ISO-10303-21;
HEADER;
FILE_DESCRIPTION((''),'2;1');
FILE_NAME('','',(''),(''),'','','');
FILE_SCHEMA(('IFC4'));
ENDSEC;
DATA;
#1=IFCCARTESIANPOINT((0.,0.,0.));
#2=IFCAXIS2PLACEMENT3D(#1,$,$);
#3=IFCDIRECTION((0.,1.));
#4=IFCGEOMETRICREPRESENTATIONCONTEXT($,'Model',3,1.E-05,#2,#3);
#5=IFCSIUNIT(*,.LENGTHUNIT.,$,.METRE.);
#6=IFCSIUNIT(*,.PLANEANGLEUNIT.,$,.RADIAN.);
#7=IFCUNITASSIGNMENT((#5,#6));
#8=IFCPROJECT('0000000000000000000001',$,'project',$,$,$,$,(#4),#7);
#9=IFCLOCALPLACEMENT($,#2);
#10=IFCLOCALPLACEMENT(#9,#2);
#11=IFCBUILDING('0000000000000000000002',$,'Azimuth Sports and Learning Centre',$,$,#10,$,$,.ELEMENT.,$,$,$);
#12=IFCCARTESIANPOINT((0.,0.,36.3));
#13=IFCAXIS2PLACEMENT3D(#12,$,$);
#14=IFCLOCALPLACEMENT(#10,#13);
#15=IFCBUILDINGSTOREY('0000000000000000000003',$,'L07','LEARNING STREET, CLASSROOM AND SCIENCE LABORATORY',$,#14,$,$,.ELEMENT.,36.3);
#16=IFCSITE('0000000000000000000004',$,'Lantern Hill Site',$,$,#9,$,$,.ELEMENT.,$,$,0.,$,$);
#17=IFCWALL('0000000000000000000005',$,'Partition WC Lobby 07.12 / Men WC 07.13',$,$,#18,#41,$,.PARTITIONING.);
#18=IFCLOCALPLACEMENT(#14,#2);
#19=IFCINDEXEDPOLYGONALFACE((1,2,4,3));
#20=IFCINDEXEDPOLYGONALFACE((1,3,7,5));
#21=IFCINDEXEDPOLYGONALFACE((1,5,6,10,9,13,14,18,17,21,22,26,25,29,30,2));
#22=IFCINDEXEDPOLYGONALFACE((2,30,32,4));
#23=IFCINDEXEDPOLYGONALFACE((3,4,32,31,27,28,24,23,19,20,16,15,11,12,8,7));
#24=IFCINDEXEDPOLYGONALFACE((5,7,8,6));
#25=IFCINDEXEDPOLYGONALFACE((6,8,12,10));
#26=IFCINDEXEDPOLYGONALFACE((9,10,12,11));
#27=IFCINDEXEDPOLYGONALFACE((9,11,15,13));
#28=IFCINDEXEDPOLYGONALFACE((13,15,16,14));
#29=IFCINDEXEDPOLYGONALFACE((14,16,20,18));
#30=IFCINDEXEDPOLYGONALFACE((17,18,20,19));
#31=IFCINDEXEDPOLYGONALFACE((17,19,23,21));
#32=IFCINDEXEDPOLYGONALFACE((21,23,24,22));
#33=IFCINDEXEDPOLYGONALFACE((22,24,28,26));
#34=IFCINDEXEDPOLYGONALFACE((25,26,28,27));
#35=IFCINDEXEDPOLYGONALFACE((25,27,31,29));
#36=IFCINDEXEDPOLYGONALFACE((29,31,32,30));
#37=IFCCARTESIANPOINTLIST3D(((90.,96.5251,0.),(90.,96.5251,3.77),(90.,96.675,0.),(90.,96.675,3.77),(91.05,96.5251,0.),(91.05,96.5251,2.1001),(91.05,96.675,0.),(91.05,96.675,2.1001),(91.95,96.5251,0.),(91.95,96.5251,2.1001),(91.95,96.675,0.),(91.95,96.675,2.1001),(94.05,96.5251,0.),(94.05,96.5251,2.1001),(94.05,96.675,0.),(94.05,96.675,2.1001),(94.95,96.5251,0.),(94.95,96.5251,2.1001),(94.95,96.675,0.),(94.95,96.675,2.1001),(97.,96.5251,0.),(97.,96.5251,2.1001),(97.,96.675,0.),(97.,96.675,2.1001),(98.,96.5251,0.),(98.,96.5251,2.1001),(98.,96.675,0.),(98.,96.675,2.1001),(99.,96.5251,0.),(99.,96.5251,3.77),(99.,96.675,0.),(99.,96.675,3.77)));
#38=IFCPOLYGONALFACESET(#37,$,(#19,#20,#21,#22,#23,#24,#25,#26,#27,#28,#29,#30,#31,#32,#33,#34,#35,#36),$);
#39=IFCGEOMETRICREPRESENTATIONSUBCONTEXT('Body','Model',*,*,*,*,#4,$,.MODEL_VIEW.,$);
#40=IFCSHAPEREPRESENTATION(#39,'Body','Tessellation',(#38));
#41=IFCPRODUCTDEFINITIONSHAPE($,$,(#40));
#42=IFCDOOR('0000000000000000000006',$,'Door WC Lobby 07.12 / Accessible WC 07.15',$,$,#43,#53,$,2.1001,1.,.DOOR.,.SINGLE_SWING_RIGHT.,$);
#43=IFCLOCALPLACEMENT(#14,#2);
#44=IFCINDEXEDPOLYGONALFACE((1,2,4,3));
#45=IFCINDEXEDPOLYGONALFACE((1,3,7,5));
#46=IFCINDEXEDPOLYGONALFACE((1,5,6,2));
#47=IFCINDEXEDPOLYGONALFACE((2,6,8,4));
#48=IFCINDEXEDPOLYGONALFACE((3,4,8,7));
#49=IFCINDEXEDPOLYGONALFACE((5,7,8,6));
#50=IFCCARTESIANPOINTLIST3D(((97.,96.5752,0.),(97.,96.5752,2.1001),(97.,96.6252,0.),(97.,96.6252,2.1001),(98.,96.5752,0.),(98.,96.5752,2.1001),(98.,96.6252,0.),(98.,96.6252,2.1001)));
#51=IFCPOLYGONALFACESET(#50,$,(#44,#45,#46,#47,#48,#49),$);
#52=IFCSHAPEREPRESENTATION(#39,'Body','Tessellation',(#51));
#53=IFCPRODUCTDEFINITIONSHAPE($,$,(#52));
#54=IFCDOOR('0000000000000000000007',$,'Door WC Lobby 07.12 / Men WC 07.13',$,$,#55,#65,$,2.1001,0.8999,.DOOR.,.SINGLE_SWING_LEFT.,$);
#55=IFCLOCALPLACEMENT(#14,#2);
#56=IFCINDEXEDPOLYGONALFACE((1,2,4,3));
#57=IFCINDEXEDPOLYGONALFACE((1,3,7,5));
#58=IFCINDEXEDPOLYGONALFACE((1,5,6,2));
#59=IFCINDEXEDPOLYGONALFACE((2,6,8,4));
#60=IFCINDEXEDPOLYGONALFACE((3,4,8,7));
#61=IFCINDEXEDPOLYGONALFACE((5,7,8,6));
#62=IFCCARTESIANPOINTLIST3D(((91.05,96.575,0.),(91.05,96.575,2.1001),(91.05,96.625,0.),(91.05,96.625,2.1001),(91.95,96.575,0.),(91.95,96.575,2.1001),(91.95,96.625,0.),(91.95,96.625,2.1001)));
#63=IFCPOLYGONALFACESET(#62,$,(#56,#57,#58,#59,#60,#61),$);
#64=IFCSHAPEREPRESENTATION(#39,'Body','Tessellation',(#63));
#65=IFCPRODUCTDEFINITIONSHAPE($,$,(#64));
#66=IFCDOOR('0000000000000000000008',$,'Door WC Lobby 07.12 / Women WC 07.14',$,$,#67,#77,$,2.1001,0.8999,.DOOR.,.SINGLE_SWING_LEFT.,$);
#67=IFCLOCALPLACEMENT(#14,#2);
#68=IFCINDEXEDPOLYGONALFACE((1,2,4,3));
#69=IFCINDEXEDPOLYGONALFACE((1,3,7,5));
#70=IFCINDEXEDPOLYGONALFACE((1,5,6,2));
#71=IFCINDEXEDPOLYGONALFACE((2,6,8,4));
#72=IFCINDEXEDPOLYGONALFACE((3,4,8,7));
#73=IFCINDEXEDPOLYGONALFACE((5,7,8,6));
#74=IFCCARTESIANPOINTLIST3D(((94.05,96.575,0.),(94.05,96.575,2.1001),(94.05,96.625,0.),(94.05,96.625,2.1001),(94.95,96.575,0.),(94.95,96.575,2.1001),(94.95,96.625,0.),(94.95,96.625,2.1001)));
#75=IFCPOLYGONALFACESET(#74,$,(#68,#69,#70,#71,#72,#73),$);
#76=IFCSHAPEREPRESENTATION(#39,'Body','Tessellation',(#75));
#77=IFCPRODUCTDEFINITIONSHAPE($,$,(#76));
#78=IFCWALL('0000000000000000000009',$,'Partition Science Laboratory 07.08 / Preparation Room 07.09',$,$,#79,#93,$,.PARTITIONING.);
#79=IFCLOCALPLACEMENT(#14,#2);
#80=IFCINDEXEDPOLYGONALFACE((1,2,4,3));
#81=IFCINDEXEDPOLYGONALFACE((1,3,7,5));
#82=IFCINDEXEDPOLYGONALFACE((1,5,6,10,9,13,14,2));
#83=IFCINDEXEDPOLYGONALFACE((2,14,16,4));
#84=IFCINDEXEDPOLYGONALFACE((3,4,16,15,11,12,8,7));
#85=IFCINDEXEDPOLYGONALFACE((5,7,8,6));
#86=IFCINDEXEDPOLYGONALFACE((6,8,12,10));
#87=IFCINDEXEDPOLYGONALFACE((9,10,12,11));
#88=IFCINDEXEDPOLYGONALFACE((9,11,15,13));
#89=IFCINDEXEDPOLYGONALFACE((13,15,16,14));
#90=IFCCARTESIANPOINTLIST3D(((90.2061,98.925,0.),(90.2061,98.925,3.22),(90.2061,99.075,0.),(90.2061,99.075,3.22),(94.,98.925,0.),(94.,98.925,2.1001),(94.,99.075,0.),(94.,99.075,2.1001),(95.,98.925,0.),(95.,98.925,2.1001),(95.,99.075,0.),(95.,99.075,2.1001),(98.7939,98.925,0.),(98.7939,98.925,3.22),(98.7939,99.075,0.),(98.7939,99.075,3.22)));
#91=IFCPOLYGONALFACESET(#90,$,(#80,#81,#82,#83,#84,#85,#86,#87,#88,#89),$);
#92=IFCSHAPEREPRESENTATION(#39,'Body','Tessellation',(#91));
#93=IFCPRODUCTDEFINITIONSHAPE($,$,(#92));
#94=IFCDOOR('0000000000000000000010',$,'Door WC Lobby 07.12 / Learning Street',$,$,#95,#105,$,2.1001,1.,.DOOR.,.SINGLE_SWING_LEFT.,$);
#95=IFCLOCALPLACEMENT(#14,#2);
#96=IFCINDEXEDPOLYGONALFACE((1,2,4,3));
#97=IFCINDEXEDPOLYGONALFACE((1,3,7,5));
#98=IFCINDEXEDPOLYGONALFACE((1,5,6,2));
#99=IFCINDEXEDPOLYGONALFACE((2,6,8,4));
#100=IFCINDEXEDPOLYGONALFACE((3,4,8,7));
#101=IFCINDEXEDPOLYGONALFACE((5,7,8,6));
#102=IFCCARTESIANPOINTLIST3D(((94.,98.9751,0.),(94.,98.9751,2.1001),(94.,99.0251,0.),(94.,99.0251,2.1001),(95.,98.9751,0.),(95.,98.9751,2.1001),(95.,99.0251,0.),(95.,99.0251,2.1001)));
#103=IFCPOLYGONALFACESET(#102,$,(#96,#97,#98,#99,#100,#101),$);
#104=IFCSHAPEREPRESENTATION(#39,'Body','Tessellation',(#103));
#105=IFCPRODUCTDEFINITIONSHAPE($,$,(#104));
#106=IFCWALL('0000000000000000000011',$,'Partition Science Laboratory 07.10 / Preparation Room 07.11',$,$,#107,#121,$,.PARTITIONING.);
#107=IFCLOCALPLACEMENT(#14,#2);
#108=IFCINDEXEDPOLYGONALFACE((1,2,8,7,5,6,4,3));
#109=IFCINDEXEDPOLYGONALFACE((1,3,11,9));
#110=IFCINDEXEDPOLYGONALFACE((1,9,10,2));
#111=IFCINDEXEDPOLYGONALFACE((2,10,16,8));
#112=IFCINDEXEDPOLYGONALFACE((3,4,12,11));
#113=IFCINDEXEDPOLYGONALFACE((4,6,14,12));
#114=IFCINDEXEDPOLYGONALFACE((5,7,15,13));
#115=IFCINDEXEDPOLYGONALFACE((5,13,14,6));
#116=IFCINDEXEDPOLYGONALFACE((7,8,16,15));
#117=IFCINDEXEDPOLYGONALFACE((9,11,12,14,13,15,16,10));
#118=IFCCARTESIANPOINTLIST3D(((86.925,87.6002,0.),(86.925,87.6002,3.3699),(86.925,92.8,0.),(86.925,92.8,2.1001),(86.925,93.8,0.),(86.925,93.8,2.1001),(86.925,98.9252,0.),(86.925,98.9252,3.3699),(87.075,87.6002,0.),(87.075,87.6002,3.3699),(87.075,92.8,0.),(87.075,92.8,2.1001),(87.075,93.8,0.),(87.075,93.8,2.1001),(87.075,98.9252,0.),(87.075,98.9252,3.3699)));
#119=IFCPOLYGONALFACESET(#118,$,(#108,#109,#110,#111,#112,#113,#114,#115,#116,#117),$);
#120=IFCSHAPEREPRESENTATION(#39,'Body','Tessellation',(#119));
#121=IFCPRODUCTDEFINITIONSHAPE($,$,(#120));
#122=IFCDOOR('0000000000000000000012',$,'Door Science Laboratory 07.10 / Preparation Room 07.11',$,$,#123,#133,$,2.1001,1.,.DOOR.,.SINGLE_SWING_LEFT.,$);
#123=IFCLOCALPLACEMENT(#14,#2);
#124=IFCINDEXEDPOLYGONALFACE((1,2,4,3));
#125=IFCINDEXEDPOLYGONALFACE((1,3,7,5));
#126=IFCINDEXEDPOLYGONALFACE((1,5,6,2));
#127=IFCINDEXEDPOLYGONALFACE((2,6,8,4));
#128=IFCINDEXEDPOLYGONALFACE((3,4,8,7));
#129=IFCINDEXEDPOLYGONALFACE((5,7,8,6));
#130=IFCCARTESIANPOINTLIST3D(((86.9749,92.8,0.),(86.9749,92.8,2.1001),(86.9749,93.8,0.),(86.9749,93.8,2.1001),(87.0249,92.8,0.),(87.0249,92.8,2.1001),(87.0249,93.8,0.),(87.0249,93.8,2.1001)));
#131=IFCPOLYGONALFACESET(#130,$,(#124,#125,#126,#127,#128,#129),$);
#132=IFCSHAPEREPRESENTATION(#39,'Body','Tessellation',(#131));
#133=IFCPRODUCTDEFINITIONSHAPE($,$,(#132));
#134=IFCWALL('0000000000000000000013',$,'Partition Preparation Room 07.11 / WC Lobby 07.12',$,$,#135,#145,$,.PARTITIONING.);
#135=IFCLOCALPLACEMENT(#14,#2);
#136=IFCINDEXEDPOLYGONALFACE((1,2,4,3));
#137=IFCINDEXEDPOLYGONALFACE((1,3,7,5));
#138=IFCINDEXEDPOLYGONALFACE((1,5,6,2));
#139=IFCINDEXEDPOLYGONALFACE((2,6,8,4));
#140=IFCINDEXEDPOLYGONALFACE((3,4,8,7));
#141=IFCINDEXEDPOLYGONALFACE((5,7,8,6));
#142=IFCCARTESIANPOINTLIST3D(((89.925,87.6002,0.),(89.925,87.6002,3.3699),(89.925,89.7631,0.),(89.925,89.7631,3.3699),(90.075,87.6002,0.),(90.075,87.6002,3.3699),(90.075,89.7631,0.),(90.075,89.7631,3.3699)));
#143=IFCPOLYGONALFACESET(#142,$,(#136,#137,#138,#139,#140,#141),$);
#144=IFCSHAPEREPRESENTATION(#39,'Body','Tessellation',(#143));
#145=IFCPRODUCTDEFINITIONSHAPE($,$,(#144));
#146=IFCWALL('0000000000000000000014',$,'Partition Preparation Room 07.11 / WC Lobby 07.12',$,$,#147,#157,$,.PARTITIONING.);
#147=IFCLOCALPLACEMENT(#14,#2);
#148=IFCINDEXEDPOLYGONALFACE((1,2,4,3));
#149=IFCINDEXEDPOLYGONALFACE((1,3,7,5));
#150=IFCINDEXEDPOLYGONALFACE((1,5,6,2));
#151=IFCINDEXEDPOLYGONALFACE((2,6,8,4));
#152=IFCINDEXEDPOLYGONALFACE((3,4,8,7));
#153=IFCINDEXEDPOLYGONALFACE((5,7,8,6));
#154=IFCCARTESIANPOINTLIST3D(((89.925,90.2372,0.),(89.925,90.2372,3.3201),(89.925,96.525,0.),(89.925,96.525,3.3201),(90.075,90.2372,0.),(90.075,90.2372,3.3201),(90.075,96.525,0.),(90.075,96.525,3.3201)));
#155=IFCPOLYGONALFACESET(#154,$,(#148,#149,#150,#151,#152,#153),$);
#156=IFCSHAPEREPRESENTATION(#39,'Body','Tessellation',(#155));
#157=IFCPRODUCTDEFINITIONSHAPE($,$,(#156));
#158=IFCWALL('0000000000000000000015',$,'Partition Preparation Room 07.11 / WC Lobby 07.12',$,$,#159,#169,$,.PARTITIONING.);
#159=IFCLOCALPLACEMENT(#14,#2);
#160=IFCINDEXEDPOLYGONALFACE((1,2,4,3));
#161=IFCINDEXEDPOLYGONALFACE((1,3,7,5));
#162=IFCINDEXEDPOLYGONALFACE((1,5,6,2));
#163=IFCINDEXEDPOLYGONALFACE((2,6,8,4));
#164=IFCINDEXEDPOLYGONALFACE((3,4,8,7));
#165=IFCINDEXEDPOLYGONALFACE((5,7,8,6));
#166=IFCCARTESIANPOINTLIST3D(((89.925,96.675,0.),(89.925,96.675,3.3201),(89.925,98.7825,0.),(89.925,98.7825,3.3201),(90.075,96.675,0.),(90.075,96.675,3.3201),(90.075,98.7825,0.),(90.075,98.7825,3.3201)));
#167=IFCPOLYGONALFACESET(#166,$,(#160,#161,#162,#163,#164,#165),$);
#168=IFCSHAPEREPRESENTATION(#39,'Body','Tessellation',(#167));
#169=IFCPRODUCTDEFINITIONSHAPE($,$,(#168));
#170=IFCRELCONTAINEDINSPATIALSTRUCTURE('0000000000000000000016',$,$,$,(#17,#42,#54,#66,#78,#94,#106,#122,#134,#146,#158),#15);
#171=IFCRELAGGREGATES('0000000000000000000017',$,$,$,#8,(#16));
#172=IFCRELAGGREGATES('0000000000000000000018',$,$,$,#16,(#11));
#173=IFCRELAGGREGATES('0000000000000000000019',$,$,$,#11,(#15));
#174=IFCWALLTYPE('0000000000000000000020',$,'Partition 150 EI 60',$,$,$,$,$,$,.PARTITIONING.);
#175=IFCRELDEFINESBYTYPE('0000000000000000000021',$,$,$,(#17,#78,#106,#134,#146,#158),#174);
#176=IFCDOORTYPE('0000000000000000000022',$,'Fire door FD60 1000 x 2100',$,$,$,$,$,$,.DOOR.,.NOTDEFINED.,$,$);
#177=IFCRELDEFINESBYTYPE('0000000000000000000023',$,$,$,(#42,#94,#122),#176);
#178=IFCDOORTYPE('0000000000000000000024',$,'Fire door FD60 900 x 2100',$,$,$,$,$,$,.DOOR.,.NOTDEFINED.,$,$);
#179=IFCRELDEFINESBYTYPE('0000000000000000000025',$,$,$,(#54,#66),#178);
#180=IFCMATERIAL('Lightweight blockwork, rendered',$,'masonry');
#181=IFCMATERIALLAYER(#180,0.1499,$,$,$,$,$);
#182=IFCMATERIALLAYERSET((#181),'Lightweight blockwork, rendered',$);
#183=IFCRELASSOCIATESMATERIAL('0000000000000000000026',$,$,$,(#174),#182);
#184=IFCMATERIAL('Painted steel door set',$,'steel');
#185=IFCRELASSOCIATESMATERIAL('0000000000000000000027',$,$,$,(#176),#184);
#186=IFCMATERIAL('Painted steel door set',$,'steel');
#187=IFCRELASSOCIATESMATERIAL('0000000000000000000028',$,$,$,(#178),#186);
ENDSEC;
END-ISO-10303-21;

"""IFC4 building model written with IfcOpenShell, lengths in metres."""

from ifc_helpers import new_model, si_unit, direction, frame, frame_2d, origin, place, context, subcontext, project, spatial, rectangle, extrude, material, layer, layer_set, type_object, element, fill, save


model = new_model("IFC4")

# Units and contexts
model_context = context("Model", 3, precision=1e-05, world=origin(), true_north=direction((0.0, 1.0)))
body_context = subcontext(model_context, "Body", "Model", "MODEL_VIEW")
ifc_project = project(units=[si_unit("LENGTHUNIT", "METRE"), si_unit("PLANEANGLEUNIT", "RADIAN")], contexts=[model_context])

# Site, building, storey
site_placement = place(None, origin())
site = spatial("IfcSite", under=ifc_project, at=site_placement, Name="Lantern Hill Site", CompositionType="ELEMENT", RefElevation=0.0)
building_placement = place(site_placement, origin())
building = spatial("IfcBuilding", under=site, at=building_placement, Name="Azimuth Sports and Learning Centre", CompositionType="ELEMENT")
storey_placement = place(building_placement, frame((0.0, 0.0, 36.3)))
storey = spatial("IfcBuildingStorey", under=building, at=storey_placement, Name="L07", Description="LEARNING STREET, CLASSROOM AND SCIENCE LABORATORY", CompositionType="ELEMENT", Elevation=36.3)

# Wall, openings, doors
ifc_material_1 = material(Name="Lightweight blockwork, rendered", Category="masonry")
ifc_layer_1 = layer(ifc_material_1, 0.1499)
ifc_layer_set_1 = layer_set([ifc_layer_1], Name="Lightweight blockwork, rendered")
wall_type = type_object("IfcWallType", Name="Partition 150 EI 60", PredefinedType="PARTITIONING", material=ifc_layer_set_1)
wall_1_placement = place(storey_placement, frame((90.0, 96.6001, 0.0), z_axis=(0.0, 0.0, 1.0), x_axis=(1.0, 0.0, 0.0)))
wall_1 = element("IfcWall", 1, at=wall_1_placement, inside=storey, type_object=wall_type, Name="Partition WC Lobby 07.12 / Men WC 07.13", PredefinedType="PARTITIONING", context=body_context, shape_type="SweptSolid", body=[
    extrude(rectangle(XDim=9.0, YDim=0.1499, at=frame_2d((4.5, 0.0))), origin(), (0.0, 0.0, 1.0), 3.77),
])
opening_1_placement = place(wall_1_placement, frame((1.05, 0.0, 0.0)))
opening_1 = element("IfcOpeningElement", 2, at=opening_1_placement, cuts=wall_1, PredefinedType="OPENING", context=body_context, shape_type="SweptSolid", body=[
    extrude(rectangle(XDim=0.8999, YDim=2.1001, at=frame_2d((0.45, 1.05))), frame((0.0, 0.0859, 0.0), z_axis=(0.0, -1.0, 0.0), x_axis=(1.0, 0.0, 0.0)), (0.0, 0.0, 1.0), 0.1719),
])
opening_2_placement = place(wall_1_placement, frame((4.05, 0.0, 0.0)))
opening_2 = element("IfcOpeningElement", 3, at=opening_2_placement, cuts=wall_1, PredefinedType="OPENING", context=body_context, shape_type="SweptSolid", body=[
    extrude(rectangle(XDim=0.8999, YDim=2.1001, at=frame_2d((0.45, 1.05))), frame((0.0, 0.0859, 0.0), z_axis=(0.0, -1.0, 0.0), x_axis=(1.0, 0.0, 0.0)), (0.0, 0.0, 1.0), 0.1719),
])
opening_3_placement = place(wall_1_placement, frame((7.0, 0.0, 0.0)))
opening_3 = element("IfcOpeningElement", 4, at=opening_3_placement, cuts=wall_1, PredefinedType="OPENING", context=body_context, shape_type="SweptSolid", body=[
    extrude(rectangle(XDim=1.0, YDim=2.1001, at=frame_2d((0.5, 1.05))), frame((0.0, 0.0859, 0.0), z_axis=(0.0, -1.0, 0.0), x_axis=(1.0, 0.0, 0.0)), (0.0, 0.0, 1.0), 0.1719),
])
ifc_material_2 = material(Name="Painted steel door set", Category="steel")
door_type_1 = type_object("IfcDoorType", Name="Fire door FD60 1000 x 2100", OperationType="NOTDEFINED", PredefinedType="DOOR", material=ifc_material_2)
door_1_placement = place(opening_3_placement, frame((1.0, 0.0, 0.0), z_axis=(0.0, 0.0, 1.0), x_axis=(-1.0, 0.0, 0.0)))
door_1 = element("IfcDoor", 5, at=door_1_placement, inside=storey, type_object=door_type_1, Name="Door WC Lobby 07.12 / Accessible WC 07.15", OperationType="SINGLE_SWING_RIGHT", OverallHeight=2.1001, OverallWidth=1.0, PredefinedType="DOOR", context=body_context, shape_type="SweptSolid", body=[
    extrude(rectangle(XDim=1.0, YDim=2.1001, at=frame_2d((0.5, 1.05))), frame((0.0, 0.0249, 0.0), z_axis=(0.0, -1.0, 0.0), x_axis=(1.0, 0.0, 0.0)), (0.0, 0.0, 1.0), 0.05),
])
fill(opening_3, door_1)
ifc_material_3 = material(Name="Painted steel door set", Category="steel")
door_type_2 = type_object("IfcDoorType", Name="Fire door FD60 900 x 2100", OperationType="NOTDEFINED", PredefinedType="DOOR", material=ifc_material_3)
door_2_placement = place(opening_1_placement, origin())
door_2 = element("IfcDoor", 6, at=door_2_placement, inside=storey, type_object=door_type_2, Name="Door WC Lobby 07.12 / Men WC 07.13", OperationType="SINGLE_SWING_LEFT", OverallHeight=2.1001, OverallWidth=0.8999, PredefinedType="DOOR", context=body_context, shape_type="SweptSolid", body=[
    extrude(rectangle(XDim=0.8999, YDim=2.1001, at=frame_2d((0.45, 1.05))), frame((0.0, 0.0249, 0.0), z_axis=(0.0, -1.0, 0.0), x_axis=(1.0, 0.0, 0.0)), (0.0, 0.0, 1.0), 0.05),
])
fill(opening_1, door_2)
door_3_placement = place(opening_2_placement, origin())
door_3 = element("IfcDoor", 7, at=door_3_placement, inside=storey, type_object=door_type_2, Name="Door WC Lobby 07.12 / Women WC 07.14", OperationType="SINGLE_SWING_LEFT", OverallHeight=2.1001, OverallWidth=0.8999, PredefinedType="DOOR", context=body_context, shape_type="SweptSolid", body=[
    extrude(rectangle(XDim=0.8999, YDim=2.1001, at=frame_2d((0.45, 1.05))), frame((0.0, 0.0249, 0.0), z_axis=(0.0, -1.0, 0.0), x_axis=(1.0, 0.0, 0.0)), (0.0, 0.0, 1.0), 0.05),
])
fill(opening_2, door_3)

# Walls, openings, doors
wall_2_placement = place(storey_placement, frame((90.2061, 99.0, 0.0), z_axis=(0.0, 0.0, 1.0), x_axis=(1.0, 0.0, 0.0)))
wall_2 = element("IfcWall", 8, at=wall_2_placement, inside=storey, type_object=wall_type, Name="Partition Science Laboratory 07.08 / Preparation Room 07.09", PredefinedType="PARTITIONING", context=body_context, shape_type="SweptSolid", body=[
    extrude(rectangle(XDim=8.5879, YDim=0.1499, at=frame_2d((4.2939, 0.0))), origin(), (0.0, 0.0, 1.0), 3.22),
])
opening_4_placement = place(wall_2_placement, frame((3.7939, 0.0, 0.0)))
opening_4 = element("IfcOpeningElement", 9, at=opening_4_placement, cuts=wall_2, PredefinedType="OPENING", context=body_context, shape_type="SweptSolid", body=[
    extrude(rectangle(XDim=1.0, YDim=2.1001, at=frame_2d((0.5, 1.05))), frame((0.0, 0.0859, 0.0), z_axis=(0.0, -1.0, 0.0), x_axis=(1.0, 0.0, 0.0)), (0.0, 0.0, 1.0), 0.1719),
])
door_4_placement = place(opening_4_placement, frame((1.0, 0.0, 0.0), z_axis=(0.0, 0.0, 1.0), x_axis=(-1.0, 0.0, 0.0)))
door_4 = element("IfcDoor", 10, at=door_4_placement, inside=storey, type_object=door_type_1, Name="Door WC Lobby 07.12 / Learning Street", OperationType="SINGLE_SWING_LEFT", OverallHeight=2.1001, OverallWidth=1.0, PredefinedType="DOOR", context=body_context, shape_type="SweptSolid", body=[
    extrude(rectangle(XDim=1.0, YDim=2.1001, at=frame_2d((0.5, 1.05))), frame((0.0, 0.0249, 0.0), z_axis=(0.0, -1.0, 0.0), x_axis=(1.0, 0.0, 0.0)), (0.0, 0.0, 1.0), 0.05),
])
fill(opening_4, door_4)
wall_3_placement = place(storey_placement, frame((87.0, 87.6001, 0.0), z_axis=(0.0, 0.0, 1.0), x_axis=(0.0, 1.0, 0.0)))
wall_3 = element("IfcWall", 11, at=wall_3_placement, inside=storey, type_object=wall_type, Name="Partition Science Laboratory 07.10 / Preparation Room 07.11", PredefinedType="PARTITIONING", context=body_context, shape_type="SweptSolid", body=[
    extrude(rectangle(XDim=11.325, YDim=0.1499, at=frame_2d((5.6626, 0.0))), origin(), (0.0, 0.0, 1.0), 3.3699),
])
opening_5_placement = place(wall_3_placement, frame((5.2, 0.0, 0.0)))
opening_5 = element("IfcOpeningElement", 12, at=opening_5_placement, cuts=wall_3, PredefinedType="OPENING", context=body_context, shape_type="SweptSolid", body=[
    extrude(rectangle(XDim=1.0, YDim=2.1001, at=frame_2d((0.5, 1.05))), frame((0.0, 0.0859, 0.0), z_axis=(0.0, -1.0, 0.0), x_axis=(1.0, 0.0, 0.0)), (0.0, 0.0, 1.0), 0.1719),
])
door_5_placement = place(opening_5_placement, frame((1.0, 0.0, 0.0), z_axis=(0.0, 0.0, 1.0), x_axis=(-1.0, 0.0, 0.0)))
door_5 = element("IfcDoor", 13, at=door_5_placement, inside=storey, type_object=door_type_1, Name="Door Science Laboratory 07.10 / Preparation Room 07.11", OperationType="SINGLE_SWING_LEFT", OverallHeight=2.1001, OverallWidth=1.0, PredefinedType="DOOR", context=body_context, shape_type="SweptSolid", body=[
    extrude(rectangle(XDim=1.0, YDim=2.1001, at=frame_2d((0.5, 1.05))), frame((0.0, 0.0249, 0.0), z_axis=(0.0, -1.0, 0.0), x_axis=(1.0, 0.0, 0.0)), (0.0, 0.0, 1.0), 0.05),
])
fill(opening_5, door_5)

# Walls
wall_4_placement = place(storey_placement, frame((90.0, 87.6001, 0.0), z_axis=(0.0, 0.0, 1.0), x_axis=(0.0, 1.0, 0.0)))
element("IfcWall", 14, at=wall_4_placement, inside=storey, type_object=wall_type, Name="Partition Preparation Room 07.11 / WC Lobby 07.12", PredefinedType="PARTITIONING", context=body_context, shape_type="SweptSolid", body=[
    extrude(rectangle(XDim=2.1628, YDim=0.1499, at=frame_2d((1.0815, 0.0))), origin(), (0.0, 0.0, 1.0), 3.3699),
])
wall_5_placement = place(storey_placement, frame((90.0, 90.2371, 0.0), z_axis=(0.0, 0.0, 1.0), x_axis=(0.0, 1.0, 0.0)))
element("IfcWall", 15, at=wall_5_placement, inside=storey, type_object=wall_type, Name="Partition Preparation Room 07.11 / WC Lobby 07.12", PredefinedType="PARTITIONING", context=body_context, shape_type="SweptSolid", body=[
    extrude(rectangle(XDim=6.2878, YDim=0.1499, at=frame_2d((3.144, 0.0))), origin(), (0.0, 0.0, 1.0), 3.3201),
])
wall_6_placement = place(storey_placement, frame((90.0, 96.675, 0.0), z_axis=(0.0, 0.0, 1.0), x_axis=(0.0, 1.0, 0.0)))
element("IfcWall", 16, at=wall_6_placement, inside=storey, type_object=wall_type, Name="Partition Preparation Room 07.11 / WC Lobby 07.12", PredefinedType="PARTITIONING", context=body_context, shape_type="SweptSolid", body=[
    extrude(rectangle(XDim=2.1074, YDim=0.1499, at=frame_2d((1.0537, 0.0))), origin(), (0.0, 0.0, 1.0), 3.3201),
])

save(model, "model.ifc")
